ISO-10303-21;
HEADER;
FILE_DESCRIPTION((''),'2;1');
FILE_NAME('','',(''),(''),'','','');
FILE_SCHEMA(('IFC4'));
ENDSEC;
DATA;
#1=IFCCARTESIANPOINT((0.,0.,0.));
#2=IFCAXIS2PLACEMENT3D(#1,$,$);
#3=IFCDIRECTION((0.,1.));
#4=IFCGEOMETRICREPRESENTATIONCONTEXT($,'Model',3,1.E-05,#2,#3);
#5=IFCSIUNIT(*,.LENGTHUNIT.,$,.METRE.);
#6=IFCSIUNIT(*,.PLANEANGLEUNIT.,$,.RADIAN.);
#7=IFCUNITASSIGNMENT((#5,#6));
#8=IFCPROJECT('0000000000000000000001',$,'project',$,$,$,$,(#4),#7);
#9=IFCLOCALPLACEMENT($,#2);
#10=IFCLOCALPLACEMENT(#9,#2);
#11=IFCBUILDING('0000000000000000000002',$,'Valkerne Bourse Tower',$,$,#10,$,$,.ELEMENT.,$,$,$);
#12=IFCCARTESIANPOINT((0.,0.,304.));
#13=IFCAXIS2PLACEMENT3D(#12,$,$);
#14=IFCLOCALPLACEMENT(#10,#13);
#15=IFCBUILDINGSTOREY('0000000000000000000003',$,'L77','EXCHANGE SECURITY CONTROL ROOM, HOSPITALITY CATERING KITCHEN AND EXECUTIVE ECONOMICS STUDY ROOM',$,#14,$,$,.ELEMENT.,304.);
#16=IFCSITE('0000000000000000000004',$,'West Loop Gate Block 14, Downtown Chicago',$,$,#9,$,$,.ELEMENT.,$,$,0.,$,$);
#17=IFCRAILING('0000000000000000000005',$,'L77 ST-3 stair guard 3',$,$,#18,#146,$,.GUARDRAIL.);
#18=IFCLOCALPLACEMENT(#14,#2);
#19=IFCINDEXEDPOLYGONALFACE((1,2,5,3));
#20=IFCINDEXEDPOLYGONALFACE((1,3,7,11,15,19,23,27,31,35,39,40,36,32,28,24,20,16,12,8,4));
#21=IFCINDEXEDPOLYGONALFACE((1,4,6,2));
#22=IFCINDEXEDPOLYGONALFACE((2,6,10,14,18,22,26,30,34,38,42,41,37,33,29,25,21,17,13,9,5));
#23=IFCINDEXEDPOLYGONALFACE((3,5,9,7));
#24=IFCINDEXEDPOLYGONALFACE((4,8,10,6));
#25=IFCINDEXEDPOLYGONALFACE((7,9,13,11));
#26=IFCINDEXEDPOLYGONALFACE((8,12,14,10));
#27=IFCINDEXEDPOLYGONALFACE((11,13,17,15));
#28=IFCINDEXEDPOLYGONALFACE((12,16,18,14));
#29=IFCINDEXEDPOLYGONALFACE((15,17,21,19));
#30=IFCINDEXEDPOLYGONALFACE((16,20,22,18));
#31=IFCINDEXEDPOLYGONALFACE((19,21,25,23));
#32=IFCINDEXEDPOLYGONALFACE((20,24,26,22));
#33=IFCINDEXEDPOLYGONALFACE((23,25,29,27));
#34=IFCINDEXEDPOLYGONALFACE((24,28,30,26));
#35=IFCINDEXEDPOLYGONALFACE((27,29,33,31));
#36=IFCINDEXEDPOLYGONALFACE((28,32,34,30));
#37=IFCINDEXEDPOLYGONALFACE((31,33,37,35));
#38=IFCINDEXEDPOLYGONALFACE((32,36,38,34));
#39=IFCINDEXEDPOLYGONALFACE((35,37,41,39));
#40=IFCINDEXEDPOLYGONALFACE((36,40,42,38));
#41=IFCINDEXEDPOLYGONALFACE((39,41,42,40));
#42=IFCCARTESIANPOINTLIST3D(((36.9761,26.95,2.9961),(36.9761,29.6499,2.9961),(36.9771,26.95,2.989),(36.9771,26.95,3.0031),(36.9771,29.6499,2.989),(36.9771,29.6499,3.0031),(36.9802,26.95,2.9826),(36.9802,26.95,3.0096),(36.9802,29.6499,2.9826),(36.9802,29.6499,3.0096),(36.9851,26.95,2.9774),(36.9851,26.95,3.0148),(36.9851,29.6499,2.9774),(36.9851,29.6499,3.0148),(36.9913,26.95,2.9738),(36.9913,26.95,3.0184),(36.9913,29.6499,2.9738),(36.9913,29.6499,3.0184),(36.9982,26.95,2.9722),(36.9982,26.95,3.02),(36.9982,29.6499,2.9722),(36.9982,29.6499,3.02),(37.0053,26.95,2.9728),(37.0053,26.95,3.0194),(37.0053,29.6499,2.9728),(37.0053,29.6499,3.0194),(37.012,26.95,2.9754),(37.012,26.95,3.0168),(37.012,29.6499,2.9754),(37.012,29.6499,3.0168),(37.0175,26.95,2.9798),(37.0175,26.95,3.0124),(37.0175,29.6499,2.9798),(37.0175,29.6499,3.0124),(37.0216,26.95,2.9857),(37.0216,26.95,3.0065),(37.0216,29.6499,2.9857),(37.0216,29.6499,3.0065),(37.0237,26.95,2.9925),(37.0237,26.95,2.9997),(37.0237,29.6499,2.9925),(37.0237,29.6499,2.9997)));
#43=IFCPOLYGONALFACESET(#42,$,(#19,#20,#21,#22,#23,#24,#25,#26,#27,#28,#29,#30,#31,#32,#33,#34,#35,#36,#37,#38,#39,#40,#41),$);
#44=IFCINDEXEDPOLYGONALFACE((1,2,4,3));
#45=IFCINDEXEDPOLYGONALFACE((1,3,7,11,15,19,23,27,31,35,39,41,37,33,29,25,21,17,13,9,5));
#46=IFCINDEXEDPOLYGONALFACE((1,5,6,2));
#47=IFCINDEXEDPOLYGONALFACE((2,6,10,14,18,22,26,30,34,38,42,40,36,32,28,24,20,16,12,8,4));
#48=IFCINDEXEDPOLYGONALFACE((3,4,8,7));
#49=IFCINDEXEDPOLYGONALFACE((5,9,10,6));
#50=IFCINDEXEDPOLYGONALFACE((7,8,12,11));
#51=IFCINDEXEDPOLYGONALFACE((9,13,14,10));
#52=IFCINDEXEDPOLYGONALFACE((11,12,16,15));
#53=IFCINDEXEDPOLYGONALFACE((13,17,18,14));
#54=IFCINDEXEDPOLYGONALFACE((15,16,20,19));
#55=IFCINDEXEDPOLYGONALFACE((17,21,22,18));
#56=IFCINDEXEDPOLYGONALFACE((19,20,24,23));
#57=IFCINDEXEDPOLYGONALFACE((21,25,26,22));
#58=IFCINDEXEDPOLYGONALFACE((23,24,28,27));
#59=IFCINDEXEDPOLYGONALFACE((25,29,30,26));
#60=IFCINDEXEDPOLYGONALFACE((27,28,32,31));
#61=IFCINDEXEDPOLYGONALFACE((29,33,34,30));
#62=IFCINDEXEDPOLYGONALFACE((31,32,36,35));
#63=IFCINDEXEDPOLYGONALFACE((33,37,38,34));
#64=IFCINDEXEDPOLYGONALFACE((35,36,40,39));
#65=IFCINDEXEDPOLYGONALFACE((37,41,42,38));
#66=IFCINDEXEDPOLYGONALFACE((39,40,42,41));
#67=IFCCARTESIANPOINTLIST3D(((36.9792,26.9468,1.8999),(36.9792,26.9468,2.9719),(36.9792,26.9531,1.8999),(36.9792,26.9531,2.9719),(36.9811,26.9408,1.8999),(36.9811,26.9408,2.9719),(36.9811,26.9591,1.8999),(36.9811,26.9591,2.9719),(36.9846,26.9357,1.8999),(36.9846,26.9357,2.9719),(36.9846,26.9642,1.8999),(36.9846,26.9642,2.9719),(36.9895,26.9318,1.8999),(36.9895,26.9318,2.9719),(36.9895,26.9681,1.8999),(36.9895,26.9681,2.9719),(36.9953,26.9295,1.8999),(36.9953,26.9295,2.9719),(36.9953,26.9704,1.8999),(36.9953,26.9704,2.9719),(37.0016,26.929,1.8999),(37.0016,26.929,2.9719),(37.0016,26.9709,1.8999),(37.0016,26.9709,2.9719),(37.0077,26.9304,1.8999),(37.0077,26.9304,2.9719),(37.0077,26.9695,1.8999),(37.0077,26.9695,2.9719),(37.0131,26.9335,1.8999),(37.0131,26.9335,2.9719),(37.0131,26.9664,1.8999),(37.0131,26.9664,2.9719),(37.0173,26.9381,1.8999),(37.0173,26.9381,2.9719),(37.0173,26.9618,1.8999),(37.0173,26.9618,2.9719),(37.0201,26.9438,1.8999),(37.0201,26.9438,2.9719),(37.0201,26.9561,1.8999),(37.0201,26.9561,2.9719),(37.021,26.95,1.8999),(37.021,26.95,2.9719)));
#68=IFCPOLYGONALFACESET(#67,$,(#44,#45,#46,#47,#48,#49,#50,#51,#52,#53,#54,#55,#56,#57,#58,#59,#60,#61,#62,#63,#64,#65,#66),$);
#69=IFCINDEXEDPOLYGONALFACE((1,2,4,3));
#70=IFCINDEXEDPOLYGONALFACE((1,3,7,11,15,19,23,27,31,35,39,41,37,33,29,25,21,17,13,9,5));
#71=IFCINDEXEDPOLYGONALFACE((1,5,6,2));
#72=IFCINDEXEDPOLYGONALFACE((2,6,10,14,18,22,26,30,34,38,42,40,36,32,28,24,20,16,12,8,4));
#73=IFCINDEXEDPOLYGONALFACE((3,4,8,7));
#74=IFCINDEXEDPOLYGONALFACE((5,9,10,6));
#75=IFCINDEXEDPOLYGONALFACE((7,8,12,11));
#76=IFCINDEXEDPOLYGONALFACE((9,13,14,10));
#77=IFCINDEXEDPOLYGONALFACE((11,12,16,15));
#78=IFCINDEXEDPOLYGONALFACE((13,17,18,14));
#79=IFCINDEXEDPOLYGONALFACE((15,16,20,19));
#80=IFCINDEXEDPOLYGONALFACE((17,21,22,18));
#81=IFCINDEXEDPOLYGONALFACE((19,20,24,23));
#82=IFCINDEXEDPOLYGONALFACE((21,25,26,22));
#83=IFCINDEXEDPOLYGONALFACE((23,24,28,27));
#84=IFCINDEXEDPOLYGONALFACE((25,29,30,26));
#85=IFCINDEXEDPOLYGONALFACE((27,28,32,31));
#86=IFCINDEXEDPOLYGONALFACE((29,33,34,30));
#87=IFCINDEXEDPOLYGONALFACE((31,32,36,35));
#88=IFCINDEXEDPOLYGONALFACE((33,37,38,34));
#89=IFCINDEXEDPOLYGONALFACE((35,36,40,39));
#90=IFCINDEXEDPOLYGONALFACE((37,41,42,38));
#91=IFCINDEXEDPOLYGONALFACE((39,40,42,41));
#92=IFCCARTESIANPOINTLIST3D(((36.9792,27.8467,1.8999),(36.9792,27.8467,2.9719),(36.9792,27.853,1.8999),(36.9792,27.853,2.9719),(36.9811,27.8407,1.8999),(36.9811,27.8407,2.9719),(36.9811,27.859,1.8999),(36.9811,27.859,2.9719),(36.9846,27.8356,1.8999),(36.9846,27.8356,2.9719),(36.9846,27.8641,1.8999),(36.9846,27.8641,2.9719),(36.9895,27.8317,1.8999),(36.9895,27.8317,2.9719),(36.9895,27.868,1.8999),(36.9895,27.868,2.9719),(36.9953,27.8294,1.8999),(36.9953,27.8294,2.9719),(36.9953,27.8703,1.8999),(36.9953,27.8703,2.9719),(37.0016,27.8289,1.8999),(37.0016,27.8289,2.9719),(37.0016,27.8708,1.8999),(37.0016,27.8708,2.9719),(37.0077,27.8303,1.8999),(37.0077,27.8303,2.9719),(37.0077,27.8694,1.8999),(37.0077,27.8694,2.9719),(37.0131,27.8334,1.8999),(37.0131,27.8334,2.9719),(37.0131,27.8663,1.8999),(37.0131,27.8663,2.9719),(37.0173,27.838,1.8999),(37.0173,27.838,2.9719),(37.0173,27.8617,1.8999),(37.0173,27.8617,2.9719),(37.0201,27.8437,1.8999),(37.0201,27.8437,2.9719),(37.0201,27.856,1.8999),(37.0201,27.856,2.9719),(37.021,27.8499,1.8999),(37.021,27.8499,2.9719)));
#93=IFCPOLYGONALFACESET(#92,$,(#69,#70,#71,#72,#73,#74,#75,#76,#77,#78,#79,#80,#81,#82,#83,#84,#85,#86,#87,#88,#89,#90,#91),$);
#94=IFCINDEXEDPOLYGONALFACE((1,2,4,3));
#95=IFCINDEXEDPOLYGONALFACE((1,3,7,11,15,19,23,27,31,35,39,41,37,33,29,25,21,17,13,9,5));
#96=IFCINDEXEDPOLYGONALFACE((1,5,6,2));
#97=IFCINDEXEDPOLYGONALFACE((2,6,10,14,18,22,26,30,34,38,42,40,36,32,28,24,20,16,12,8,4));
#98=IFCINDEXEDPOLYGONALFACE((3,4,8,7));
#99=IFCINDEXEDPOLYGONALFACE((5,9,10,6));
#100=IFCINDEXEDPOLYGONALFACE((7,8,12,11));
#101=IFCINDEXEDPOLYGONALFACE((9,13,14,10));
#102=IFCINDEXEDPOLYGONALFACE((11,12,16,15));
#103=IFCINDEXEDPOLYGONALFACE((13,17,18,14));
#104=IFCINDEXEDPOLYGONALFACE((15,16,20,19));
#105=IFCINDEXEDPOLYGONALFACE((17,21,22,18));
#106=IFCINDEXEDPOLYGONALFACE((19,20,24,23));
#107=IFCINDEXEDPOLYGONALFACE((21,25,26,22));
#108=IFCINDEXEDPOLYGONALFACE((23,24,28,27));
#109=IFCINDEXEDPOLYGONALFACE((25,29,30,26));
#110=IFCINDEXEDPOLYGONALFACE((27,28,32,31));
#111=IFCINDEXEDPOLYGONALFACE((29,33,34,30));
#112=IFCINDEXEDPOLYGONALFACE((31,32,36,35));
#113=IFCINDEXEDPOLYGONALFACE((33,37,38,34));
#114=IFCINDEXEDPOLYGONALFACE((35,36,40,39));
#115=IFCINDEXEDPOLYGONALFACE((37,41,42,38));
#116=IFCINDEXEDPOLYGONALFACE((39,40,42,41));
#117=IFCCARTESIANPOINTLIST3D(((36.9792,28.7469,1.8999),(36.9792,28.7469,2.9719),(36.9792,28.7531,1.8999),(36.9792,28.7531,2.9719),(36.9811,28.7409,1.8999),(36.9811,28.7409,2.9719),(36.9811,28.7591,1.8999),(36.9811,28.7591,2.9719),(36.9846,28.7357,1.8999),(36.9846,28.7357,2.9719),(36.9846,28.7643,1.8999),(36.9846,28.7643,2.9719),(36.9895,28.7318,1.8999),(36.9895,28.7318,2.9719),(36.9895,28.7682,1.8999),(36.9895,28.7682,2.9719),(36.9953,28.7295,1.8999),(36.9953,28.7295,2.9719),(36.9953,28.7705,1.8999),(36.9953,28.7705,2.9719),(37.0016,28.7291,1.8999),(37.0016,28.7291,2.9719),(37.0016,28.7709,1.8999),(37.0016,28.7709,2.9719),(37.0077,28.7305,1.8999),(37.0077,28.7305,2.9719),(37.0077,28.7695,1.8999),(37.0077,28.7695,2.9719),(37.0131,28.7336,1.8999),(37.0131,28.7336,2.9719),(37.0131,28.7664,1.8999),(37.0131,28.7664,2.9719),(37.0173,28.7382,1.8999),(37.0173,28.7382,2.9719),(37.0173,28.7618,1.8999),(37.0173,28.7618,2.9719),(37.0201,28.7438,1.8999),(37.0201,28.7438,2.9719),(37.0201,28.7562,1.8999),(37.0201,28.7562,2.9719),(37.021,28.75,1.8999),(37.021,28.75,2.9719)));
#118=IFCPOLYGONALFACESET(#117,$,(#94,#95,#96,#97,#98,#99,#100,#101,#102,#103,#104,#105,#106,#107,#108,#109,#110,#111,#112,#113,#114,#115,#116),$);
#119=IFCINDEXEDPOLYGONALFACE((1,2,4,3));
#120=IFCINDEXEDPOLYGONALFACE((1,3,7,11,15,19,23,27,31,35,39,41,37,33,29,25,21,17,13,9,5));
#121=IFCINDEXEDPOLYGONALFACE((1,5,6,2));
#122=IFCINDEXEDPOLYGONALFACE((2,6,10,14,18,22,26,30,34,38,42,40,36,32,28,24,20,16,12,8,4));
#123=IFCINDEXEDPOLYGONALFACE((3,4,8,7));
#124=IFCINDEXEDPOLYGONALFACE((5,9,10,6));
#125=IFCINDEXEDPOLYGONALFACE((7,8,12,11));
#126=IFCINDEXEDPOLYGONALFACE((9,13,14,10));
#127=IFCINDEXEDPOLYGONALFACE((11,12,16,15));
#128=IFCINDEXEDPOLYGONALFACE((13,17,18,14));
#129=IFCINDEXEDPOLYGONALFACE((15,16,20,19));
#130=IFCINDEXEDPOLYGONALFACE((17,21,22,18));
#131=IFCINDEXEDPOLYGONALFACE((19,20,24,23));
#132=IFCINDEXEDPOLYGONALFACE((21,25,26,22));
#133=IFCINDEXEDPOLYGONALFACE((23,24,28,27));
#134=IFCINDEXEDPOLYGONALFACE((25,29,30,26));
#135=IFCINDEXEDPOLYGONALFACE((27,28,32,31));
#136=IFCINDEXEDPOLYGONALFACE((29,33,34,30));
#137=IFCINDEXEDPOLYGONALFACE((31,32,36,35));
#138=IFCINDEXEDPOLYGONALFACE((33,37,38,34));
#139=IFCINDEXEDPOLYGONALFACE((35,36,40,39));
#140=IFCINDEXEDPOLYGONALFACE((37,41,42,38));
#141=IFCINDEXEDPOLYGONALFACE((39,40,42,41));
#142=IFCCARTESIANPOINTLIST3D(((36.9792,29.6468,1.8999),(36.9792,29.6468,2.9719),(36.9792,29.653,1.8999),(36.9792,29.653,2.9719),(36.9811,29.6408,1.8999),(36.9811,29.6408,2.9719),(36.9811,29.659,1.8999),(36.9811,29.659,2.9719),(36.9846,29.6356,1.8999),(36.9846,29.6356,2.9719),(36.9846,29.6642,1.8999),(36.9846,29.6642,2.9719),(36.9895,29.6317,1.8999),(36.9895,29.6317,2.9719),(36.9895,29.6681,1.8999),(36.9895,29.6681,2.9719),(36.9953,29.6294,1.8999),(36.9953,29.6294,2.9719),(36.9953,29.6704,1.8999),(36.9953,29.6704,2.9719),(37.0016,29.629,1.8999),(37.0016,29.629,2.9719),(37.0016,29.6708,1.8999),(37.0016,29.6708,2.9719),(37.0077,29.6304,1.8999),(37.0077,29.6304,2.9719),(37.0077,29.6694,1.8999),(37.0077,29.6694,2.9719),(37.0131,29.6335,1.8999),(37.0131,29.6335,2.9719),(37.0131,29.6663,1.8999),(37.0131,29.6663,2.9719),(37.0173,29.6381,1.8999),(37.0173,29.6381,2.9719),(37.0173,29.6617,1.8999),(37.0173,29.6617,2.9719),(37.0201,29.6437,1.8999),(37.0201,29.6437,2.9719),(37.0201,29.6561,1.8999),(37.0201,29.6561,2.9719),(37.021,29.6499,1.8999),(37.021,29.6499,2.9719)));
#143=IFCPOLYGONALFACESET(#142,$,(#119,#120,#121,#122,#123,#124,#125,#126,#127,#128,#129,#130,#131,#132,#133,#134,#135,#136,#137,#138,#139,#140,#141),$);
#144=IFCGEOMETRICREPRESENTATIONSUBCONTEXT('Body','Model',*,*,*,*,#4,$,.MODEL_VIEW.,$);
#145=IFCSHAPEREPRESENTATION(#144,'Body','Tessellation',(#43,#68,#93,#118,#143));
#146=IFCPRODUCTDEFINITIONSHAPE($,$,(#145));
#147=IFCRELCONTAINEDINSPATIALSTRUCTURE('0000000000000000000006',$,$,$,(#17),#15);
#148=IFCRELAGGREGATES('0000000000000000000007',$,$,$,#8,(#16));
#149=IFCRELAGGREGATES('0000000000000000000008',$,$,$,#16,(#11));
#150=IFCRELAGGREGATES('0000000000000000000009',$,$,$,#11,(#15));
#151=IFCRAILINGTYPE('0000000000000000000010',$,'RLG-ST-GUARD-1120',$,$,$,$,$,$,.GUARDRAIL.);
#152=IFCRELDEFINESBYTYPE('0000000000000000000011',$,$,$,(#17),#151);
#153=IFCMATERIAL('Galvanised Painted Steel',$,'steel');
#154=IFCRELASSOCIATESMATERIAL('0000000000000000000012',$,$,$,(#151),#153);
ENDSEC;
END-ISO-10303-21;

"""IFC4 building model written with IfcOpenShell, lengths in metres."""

from ifc_helpers import new_model, si_unit, direction, frame, origin, origin_2d, place, context, subcontext, project, spatial, circle, extrude, material, type_object, element, save


model = new_model("IFC4")

# Units and contexts
model_context = context("Model", 3, precision=1e-05, world=origin(), true_north=direction((0.0, 1.0)))
body_context = subcontext(model_context, "Body", "Model", "MODEL_VIEW")
ifc_project = project(units=[si_unit("LENGTHUNIT", "METRE"), si_unit("PLANEANGLEUNIT", "RADIAN")], contexts=[model_context])

# Site, building, storey
site_placement = place(None, origin())
site = spatial("IfcSite", under=ifc_project, at=site_placement, Name="West Loop Gate Block 14, Downtown Chicago", CompositionType="ELEMENT", RefElevation=0.0)
building_placement = place(site_placement, origin())
building = spatial("IfcBuilding", under=site, at=building_placement, Name="Valkerne Bourse Tower", CompositionType="ELEMENT")
storey_placement = place(building_placement, frame((0.0, 0.0, 304.0)))
storey = spatial("IfcBuildingStorey", under=building, at=storey_placement, Name="L77", Description="EXCHANGE SECURITY CONTROL ROOM, HOSPITALITY CATERING KITCHEN AND EXECUTIVE ECONOMICS STUDY ROOM", CompositionType="ELEMENT", Elevation=304.0)

# Railing
ifc_material_1 = material(Name="Galvanised Painted Steel", Category="steel")
railing_type_1 = type_object("IfcRailingType", Name="RLG-ST-GUARD-1120", PredefinedType="GUARDRAIL", material=ifc_material_1)
railing_1_placement = place(storey_placement, frame((37.0, 26.95, 1.8999)))
element("IfcRailing", 1, at=railing_1_placement, inside=storey, type_object=railing_type_1, Name="L77 ST-3 stair guard 3", PredefinedType="GUARDRAIL", context=body_context, shape_type="SweptSolid", body=[
    extrude(circle(Radius=0.0239, at=origin_2d()), frame((0.0, 0.0, 1.0962), z_axis=(0.0, 1.0, 0.0), x_axis=(-1.0, 0.0, 0.0)), (0.0, 0.0, 1.0), 2.7),
    extrude(circle(Radius=0.021, at=origin_2d()), origin(), (0.0, 0.0, 1.0), 1.072),
    extrude(circle(Radius=0.021, at=origin_2d()), frame((0.0, 0.8999, 0.0)), (0.0, 0.0, 1.0), 1.072),
    extrude(circle(Radius=0.021, at=origin_2d()), frame((0.0, 1.8, 0.0)), (0.0, 0.0, 1.0), 1.072),
    extrude(circle(Radius=0.021, at=origin_2d()), frame((0.0, 2.7, 0.0)), (0.0, 0.0, 1.0), 1.072),
])

save(model, "model.ifc")
